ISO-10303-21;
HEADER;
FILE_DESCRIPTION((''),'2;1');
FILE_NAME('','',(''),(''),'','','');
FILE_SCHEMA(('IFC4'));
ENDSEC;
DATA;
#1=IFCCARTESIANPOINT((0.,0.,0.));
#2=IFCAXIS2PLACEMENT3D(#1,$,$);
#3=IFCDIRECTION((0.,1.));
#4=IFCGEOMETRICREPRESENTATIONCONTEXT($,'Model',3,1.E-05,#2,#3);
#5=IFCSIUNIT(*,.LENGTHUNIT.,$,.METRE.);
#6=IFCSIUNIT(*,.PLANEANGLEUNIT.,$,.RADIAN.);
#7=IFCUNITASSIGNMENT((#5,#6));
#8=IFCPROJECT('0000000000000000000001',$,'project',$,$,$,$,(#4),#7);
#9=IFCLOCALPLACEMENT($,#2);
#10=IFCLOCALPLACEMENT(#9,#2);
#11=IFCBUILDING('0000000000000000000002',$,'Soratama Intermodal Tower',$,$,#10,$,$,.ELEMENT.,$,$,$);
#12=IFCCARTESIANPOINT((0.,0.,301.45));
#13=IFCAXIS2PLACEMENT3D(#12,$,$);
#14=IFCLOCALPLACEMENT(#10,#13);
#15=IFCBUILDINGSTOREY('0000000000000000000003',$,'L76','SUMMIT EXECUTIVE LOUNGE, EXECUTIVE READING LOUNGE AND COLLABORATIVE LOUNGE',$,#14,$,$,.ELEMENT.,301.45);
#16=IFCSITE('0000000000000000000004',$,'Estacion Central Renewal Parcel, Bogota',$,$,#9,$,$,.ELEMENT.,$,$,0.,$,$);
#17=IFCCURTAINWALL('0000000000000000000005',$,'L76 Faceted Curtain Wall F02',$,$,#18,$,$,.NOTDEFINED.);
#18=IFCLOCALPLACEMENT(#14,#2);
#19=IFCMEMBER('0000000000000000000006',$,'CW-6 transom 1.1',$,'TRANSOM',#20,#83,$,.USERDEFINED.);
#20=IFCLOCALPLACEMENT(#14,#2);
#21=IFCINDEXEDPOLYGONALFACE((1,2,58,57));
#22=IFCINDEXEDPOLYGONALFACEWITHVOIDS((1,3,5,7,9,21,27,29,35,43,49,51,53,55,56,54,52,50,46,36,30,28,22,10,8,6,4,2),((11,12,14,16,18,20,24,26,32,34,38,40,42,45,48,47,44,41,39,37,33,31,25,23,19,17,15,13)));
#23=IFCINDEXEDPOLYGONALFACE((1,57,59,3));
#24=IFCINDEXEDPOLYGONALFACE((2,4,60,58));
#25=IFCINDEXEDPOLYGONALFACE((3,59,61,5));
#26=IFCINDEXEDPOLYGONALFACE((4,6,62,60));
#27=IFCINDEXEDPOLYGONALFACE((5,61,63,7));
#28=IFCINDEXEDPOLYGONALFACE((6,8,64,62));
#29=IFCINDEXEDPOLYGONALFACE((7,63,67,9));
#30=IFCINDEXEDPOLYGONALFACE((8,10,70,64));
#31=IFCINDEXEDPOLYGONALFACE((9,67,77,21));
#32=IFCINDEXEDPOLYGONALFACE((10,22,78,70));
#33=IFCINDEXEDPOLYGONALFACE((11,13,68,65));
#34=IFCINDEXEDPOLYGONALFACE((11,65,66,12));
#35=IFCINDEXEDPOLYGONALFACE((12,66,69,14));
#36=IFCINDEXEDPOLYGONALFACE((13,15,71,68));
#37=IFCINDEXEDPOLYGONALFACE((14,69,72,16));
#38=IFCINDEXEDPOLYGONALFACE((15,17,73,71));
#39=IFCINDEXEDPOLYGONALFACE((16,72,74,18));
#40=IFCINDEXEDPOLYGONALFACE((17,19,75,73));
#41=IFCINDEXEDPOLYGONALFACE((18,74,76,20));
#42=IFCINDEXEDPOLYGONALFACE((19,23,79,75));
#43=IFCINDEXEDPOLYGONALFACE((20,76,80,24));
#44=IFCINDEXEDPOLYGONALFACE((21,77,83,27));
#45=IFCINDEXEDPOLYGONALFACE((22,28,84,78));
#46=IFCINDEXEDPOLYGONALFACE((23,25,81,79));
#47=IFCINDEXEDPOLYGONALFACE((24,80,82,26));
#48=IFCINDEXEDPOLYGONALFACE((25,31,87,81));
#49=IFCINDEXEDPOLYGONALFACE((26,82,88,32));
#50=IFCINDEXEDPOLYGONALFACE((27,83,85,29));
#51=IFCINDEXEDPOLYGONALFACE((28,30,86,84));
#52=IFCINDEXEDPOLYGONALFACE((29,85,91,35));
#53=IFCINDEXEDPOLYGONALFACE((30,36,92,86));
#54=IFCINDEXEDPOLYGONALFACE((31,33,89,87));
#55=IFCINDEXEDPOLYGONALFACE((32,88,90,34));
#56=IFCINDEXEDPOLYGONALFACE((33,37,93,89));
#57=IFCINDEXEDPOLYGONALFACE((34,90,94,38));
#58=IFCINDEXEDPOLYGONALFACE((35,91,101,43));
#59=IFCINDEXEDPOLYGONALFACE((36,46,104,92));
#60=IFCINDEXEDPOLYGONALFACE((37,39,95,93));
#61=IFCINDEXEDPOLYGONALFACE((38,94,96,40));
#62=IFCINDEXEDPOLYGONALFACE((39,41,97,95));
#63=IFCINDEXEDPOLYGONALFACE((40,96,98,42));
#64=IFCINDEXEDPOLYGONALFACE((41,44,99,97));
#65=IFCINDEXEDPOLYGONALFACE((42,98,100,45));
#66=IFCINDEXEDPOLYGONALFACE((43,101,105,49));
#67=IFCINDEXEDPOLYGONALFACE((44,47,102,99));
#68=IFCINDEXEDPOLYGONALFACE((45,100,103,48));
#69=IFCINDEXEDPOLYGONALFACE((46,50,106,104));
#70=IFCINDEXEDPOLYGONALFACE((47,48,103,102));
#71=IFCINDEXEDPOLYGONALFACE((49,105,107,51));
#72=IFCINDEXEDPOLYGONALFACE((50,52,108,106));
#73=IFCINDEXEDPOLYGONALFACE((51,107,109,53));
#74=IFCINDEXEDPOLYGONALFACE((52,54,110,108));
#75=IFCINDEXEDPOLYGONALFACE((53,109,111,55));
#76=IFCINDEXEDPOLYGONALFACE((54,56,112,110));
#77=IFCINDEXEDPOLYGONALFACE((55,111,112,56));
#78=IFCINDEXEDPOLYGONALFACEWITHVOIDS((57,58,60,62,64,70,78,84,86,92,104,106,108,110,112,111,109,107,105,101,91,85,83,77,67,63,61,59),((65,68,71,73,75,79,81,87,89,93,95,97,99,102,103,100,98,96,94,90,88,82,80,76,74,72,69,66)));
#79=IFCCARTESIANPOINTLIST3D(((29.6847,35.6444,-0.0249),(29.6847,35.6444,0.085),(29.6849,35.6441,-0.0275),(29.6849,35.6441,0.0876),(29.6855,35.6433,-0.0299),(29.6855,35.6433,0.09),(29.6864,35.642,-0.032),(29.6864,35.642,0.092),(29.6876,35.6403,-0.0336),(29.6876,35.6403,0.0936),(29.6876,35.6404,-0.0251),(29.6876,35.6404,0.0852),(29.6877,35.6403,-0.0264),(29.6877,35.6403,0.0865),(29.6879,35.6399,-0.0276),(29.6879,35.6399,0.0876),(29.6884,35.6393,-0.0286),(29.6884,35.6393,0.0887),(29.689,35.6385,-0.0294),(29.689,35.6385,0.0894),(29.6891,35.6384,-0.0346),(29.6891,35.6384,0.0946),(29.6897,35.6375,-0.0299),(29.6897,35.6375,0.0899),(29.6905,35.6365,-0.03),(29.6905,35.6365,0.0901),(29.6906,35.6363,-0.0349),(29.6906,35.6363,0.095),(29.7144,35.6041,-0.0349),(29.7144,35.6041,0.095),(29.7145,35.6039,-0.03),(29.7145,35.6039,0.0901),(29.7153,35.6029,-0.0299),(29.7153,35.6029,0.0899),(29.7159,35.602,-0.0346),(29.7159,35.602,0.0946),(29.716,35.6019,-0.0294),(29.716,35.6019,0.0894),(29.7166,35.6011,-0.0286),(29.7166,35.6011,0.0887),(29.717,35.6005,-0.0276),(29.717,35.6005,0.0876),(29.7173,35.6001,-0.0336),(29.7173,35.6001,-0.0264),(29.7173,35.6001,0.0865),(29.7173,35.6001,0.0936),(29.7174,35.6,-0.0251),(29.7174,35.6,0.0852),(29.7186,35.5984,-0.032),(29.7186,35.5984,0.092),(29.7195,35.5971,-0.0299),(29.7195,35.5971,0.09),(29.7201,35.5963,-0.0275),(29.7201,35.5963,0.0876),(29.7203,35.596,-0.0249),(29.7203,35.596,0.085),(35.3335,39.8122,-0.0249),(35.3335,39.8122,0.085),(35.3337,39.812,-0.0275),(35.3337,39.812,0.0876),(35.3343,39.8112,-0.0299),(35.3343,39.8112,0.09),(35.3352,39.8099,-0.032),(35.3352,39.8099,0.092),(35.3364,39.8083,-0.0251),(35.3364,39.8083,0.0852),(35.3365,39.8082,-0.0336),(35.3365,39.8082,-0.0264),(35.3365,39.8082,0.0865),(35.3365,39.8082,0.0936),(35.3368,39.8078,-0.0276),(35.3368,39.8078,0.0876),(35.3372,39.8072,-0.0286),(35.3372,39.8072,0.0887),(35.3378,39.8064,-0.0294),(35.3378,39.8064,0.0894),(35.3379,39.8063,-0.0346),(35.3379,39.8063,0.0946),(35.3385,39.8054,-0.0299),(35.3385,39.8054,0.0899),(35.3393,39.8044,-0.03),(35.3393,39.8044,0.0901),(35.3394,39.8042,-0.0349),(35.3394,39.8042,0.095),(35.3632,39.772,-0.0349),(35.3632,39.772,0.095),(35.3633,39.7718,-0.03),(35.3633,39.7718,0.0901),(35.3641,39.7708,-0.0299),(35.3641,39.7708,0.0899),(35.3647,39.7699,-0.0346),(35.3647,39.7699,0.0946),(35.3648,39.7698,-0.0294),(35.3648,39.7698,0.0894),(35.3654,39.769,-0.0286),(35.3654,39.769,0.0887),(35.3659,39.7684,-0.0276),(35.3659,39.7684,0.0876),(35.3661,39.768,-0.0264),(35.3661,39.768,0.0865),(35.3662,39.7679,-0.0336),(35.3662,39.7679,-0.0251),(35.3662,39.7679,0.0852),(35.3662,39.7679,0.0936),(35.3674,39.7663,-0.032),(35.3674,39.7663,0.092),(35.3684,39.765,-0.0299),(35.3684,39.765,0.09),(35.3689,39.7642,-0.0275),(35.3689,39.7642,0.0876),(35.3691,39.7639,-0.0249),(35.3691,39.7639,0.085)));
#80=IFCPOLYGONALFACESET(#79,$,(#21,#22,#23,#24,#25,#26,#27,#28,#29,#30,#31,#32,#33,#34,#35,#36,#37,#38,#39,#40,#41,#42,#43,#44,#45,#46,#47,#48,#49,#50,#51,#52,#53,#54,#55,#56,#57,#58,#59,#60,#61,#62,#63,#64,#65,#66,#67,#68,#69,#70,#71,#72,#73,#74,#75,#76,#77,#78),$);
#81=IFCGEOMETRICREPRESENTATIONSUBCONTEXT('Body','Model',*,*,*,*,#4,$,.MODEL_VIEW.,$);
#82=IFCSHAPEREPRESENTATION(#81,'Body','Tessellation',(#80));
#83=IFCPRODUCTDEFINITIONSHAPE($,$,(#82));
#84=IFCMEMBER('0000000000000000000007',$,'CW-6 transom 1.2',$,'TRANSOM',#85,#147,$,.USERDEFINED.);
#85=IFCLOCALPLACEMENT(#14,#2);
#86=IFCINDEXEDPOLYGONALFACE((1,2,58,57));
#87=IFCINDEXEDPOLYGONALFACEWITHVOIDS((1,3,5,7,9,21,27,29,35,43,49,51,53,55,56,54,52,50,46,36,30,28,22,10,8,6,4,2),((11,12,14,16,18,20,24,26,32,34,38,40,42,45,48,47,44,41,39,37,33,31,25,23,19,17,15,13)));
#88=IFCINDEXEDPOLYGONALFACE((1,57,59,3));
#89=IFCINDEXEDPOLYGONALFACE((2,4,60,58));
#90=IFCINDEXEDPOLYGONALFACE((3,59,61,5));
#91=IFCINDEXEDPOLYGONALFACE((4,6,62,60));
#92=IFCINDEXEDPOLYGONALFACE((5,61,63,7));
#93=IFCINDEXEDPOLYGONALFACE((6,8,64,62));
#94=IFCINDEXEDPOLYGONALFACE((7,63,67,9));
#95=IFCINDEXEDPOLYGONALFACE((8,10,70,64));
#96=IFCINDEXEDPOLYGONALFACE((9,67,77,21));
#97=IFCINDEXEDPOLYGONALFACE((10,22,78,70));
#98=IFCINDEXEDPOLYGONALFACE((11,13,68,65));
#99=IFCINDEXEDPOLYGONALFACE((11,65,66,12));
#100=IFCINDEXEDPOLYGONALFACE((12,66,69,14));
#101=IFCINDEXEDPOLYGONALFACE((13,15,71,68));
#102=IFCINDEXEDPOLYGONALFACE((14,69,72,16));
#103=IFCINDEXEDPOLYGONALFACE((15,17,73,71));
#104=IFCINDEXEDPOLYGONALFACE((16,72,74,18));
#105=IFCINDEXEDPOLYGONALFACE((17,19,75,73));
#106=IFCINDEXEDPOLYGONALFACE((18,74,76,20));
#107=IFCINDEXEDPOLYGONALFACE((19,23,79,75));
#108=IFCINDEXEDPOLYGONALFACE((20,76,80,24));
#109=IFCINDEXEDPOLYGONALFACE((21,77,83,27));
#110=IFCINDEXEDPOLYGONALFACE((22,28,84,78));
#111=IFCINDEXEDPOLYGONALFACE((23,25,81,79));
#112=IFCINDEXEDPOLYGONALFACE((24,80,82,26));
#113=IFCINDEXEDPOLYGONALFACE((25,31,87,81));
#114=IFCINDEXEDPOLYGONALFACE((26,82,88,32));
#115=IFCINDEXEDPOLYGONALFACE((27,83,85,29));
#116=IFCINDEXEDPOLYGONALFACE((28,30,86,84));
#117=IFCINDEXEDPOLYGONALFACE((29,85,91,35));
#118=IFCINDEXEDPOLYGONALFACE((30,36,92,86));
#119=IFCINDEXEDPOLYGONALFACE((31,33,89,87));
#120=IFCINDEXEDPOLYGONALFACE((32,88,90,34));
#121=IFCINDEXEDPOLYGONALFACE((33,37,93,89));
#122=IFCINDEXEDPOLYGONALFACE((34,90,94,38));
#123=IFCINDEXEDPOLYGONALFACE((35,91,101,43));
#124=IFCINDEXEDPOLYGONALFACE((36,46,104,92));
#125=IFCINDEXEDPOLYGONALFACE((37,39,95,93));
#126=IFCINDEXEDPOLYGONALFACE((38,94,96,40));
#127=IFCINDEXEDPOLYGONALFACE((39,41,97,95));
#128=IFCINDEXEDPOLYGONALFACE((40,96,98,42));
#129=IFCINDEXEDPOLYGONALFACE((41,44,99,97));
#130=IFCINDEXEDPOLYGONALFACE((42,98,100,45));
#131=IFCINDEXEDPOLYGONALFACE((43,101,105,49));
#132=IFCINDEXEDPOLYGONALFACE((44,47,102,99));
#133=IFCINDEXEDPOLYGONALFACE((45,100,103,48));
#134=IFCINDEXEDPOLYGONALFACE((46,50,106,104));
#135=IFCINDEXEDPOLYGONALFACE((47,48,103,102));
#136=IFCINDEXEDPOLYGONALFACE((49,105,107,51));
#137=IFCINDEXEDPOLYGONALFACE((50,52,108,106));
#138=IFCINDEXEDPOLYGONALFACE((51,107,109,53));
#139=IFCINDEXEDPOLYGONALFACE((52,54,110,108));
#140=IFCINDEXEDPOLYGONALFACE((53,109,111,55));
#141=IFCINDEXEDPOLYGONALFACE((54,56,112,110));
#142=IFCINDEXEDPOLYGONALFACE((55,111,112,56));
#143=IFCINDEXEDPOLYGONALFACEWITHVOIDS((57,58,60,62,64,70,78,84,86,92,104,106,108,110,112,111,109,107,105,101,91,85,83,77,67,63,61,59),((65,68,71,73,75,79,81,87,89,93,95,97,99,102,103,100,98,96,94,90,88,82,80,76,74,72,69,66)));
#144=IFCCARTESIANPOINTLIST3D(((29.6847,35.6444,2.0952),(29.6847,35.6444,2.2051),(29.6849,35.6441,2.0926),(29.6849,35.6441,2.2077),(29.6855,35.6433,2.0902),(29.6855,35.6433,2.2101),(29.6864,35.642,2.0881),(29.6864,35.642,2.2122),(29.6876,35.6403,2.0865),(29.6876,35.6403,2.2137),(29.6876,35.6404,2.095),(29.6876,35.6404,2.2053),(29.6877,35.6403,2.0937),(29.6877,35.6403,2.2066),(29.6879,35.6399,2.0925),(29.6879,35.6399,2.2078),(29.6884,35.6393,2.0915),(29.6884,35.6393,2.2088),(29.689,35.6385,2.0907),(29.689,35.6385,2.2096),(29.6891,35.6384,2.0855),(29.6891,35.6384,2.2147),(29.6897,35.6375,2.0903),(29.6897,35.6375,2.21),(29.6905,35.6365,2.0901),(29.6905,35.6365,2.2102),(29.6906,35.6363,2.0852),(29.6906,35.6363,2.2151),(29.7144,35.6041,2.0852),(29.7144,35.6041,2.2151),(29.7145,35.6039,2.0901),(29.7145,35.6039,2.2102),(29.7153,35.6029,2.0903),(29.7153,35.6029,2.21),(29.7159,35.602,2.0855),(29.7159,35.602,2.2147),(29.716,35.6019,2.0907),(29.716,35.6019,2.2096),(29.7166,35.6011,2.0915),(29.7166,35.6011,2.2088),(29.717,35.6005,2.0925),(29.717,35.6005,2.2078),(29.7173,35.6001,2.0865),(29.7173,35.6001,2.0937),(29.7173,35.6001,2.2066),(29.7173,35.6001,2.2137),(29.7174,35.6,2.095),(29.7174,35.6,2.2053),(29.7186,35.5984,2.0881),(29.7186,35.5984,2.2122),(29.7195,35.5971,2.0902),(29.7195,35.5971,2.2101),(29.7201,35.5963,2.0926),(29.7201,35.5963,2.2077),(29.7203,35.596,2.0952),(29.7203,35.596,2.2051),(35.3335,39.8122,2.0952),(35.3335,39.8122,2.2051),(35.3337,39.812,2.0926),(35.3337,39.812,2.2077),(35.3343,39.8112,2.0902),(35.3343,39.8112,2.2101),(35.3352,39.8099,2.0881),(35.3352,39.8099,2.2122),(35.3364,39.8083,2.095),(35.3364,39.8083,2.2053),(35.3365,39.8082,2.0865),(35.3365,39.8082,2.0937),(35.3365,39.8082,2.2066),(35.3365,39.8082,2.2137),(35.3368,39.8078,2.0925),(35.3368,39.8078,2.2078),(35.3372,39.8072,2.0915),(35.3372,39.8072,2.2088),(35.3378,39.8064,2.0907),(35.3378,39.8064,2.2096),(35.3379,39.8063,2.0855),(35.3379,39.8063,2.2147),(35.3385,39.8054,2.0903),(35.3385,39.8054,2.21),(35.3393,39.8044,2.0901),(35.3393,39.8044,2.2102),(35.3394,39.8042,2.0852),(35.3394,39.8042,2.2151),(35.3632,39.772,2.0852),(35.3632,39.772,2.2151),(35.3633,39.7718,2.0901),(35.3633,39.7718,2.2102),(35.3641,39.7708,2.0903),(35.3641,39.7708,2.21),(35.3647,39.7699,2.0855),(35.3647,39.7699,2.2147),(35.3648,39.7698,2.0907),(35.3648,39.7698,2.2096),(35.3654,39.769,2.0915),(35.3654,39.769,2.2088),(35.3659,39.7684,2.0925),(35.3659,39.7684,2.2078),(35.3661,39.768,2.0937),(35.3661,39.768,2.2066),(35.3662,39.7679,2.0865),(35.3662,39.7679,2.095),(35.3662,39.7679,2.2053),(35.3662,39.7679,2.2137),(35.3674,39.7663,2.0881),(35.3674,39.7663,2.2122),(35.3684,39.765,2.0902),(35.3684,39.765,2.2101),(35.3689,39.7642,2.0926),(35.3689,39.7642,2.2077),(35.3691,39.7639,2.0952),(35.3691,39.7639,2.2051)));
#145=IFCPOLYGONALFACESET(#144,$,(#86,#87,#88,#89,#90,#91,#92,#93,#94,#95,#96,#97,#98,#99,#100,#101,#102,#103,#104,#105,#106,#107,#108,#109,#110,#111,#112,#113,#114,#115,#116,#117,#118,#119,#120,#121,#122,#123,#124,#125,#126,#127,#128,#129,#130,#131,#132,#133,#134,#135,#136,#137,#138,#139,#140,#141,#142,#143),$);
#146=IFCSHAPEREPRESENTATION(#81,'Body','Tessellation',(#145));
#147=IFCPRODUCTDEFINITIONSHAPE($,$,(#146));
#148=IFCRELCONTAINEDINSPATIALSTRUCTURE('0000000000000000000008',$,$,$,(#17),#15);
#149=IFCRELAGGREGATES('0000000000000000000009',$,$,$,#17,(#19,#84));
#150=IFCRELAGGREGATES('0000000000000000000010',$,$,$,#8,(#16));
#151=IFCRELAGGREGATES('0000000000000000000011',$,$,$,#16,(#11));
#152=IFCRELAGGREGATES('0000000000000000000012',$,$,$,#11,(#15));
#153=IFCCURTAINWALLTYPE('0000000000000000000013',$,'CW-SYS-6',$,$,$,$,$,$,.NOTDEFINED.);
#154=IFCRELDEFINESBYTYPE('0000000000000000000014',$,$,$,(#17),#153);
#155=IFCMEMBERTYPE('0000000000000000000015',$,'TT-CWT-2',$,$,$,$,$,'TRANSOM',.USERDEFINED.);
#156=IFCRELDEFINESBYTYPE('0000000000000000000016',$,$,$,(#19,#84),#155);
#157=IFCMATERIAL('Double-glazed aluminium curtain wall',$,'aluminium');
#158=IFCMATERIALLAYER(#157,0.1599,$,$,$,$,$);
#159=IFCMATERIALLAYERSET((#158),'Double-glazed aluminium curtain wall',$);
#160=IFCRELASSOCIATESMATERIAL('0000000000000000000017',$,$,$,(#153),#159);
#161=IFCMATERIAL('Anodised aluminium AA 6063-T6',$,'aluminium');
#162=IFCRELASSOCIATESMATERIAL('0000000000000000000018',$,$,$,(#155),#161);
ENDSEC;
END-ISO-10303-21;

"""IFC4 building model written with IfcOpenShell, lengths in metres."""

from ifc_helpers import new_model, si_unit, direction, frame, origin, origin_2d, place, context, subcontext, project, spatial, hollow_rectangle, extrude, material, layer, layer_set, material_profile, profile_set, type_object, element, aggregate, save


model = new_model("IFC4")

# Units and contexts
model_context = context("Model", 3, precision=1e-05, world=origin(), true_north=direction((0.0, 1.0)))
body_context = subcontext(model_context, "Body", "Model", "MODEL_VIEW")
ifc_project = project(units=[si_unit("LENGTHUNIT", "METRE"), si_unit("PLANEANGLEUNIT", "RADIAN")], contexts=[model_context])

# Site, building, storey
site_placement = place(None, origin())
site = spatial("IfcSite", under=ifc_project, at=site_placement, Name="Estacion Central Renewal Parcel, Bogota", CompositionType="ELEMENT", RefElevation=0.0)
building_placement = place(site_placement, origin())
building = spatial("IfcBuilding", under=site, at=building_placement, Name="Soratama Intermodal Tower", CompositionType="ELEMENT")
storey_placement = place(building_placement, frame((0.0, 0.0, 301.45)))
storey = spatial("IfcBuildingStorey", under=building, at=storey_placement, Name="L76", Description="SUMMIT EXECUTIVE LOUNGE, EXECUTIVE READING LOUNGE AND COLLABORATIVE LOUNGE", CompositionType="ELEMENT", Elevation=301.45)

# Shared definitions
ifc_material_1 = material(Name="Double-glazed aluminium curtain wall", Category="aluminium")
ifc_layer_1 = layer(ifc_material_1, 0.1599)
ifc_layer_set_1 = layer_set([ifc_layer_1], Name="Double-glazed aluminium curtain wall")
curtain_wall_type = type_object("IfcCurtainWallType", Name="CW-SYS-6", PredefinedType="NOTDEFINED", material=ifc_layer_set_1)

# Curtain wall, members
curtain_wall_1_placement = place(storey_placement, origin())
curtain_wall_1 = element("IfcCurtainWall", 1, at=curtain_wall_1_placement, inside=storey, type_object=curtain_wall_type, Name="L76 Faceted Curtain Wall F02", PredefinedType="NOTDEFINED")
ifc_material_2 = material(Name="Anodised aluminium AA 6063-T6", Category="aluminium")
ifc_material_profile_1 = material_profile(ifc_material_2, hollow_rectangle(XDim=0.0601, YDim=0.1299, WallThickness=0.0049, InnerFilletRadius=0.0049, OuterFilletRadius=0.01, at=origin_2d()), Name="CWT130X60X5")
ifc_profile_set_1 = profile_set([ifc_material_profile_1], Name="Anodised aluminium AA 6063-T6")
member_type_1 = type_object("IfcMemberType", Name="TT-CWT-2", ElementType="TRANSOM", PredefinedType="USERDEFINED", material=ifc_profile_set_1)
member_1_placement = place(storey_placement, frame((35.3513, 39.7881, 0.03), z_axis=(-0.804675, -0.593716, 0.0), x_axis=(0.593716, -0.804675, 0.0)))
member_1 = element("IfcMember", 2, at=member_1_placement, type_object=member_type_1, Name="CW-6 transom 1.1", ObjectType="TRANSOM", PredefinedType="USERDEFINED", context=body_context, shape_type="SweptSolid", body=[
    extrude(hollow_rectangle(XDim=0.0601, YDim=0.1299, WallThickness=0.0049, InnerFilletRadius=0.0049, OuterFilletRadius=0.01, at=origin_2d()), origin(), (0.0, 0.0, 1.0), 7.02),
])
member_2_placement = place(storey_placement, frame((35.3513, 39.7881, 2.1501), z_axis=(-0.804675, -0.593716, 0.0), x_axis=(0.593716, -0.804675, 0.0)))
member_2 = element("IfcMember", 3, at=member_2_placement, type_object=member_type_1, Name="CW-6 transom 1.2", ObjectType="TRANSOM", PredefinedType="USERDEFINED", context=body_context, shape_type="SweptSolid", body=[
    extrude(hollow_rectangle(XDim=0.0601, YDim=0.1299, WallThickness=0.0049, InnerFilletRadius=0.0049, OuterFilletRadius=0.01, at=origin_2d()), origin(), (0.0, 0.0, 1.0), 7.02),
])
aggregate(curtain_wall_1, [member_1, member_2])

save(model, "model.ifc")
